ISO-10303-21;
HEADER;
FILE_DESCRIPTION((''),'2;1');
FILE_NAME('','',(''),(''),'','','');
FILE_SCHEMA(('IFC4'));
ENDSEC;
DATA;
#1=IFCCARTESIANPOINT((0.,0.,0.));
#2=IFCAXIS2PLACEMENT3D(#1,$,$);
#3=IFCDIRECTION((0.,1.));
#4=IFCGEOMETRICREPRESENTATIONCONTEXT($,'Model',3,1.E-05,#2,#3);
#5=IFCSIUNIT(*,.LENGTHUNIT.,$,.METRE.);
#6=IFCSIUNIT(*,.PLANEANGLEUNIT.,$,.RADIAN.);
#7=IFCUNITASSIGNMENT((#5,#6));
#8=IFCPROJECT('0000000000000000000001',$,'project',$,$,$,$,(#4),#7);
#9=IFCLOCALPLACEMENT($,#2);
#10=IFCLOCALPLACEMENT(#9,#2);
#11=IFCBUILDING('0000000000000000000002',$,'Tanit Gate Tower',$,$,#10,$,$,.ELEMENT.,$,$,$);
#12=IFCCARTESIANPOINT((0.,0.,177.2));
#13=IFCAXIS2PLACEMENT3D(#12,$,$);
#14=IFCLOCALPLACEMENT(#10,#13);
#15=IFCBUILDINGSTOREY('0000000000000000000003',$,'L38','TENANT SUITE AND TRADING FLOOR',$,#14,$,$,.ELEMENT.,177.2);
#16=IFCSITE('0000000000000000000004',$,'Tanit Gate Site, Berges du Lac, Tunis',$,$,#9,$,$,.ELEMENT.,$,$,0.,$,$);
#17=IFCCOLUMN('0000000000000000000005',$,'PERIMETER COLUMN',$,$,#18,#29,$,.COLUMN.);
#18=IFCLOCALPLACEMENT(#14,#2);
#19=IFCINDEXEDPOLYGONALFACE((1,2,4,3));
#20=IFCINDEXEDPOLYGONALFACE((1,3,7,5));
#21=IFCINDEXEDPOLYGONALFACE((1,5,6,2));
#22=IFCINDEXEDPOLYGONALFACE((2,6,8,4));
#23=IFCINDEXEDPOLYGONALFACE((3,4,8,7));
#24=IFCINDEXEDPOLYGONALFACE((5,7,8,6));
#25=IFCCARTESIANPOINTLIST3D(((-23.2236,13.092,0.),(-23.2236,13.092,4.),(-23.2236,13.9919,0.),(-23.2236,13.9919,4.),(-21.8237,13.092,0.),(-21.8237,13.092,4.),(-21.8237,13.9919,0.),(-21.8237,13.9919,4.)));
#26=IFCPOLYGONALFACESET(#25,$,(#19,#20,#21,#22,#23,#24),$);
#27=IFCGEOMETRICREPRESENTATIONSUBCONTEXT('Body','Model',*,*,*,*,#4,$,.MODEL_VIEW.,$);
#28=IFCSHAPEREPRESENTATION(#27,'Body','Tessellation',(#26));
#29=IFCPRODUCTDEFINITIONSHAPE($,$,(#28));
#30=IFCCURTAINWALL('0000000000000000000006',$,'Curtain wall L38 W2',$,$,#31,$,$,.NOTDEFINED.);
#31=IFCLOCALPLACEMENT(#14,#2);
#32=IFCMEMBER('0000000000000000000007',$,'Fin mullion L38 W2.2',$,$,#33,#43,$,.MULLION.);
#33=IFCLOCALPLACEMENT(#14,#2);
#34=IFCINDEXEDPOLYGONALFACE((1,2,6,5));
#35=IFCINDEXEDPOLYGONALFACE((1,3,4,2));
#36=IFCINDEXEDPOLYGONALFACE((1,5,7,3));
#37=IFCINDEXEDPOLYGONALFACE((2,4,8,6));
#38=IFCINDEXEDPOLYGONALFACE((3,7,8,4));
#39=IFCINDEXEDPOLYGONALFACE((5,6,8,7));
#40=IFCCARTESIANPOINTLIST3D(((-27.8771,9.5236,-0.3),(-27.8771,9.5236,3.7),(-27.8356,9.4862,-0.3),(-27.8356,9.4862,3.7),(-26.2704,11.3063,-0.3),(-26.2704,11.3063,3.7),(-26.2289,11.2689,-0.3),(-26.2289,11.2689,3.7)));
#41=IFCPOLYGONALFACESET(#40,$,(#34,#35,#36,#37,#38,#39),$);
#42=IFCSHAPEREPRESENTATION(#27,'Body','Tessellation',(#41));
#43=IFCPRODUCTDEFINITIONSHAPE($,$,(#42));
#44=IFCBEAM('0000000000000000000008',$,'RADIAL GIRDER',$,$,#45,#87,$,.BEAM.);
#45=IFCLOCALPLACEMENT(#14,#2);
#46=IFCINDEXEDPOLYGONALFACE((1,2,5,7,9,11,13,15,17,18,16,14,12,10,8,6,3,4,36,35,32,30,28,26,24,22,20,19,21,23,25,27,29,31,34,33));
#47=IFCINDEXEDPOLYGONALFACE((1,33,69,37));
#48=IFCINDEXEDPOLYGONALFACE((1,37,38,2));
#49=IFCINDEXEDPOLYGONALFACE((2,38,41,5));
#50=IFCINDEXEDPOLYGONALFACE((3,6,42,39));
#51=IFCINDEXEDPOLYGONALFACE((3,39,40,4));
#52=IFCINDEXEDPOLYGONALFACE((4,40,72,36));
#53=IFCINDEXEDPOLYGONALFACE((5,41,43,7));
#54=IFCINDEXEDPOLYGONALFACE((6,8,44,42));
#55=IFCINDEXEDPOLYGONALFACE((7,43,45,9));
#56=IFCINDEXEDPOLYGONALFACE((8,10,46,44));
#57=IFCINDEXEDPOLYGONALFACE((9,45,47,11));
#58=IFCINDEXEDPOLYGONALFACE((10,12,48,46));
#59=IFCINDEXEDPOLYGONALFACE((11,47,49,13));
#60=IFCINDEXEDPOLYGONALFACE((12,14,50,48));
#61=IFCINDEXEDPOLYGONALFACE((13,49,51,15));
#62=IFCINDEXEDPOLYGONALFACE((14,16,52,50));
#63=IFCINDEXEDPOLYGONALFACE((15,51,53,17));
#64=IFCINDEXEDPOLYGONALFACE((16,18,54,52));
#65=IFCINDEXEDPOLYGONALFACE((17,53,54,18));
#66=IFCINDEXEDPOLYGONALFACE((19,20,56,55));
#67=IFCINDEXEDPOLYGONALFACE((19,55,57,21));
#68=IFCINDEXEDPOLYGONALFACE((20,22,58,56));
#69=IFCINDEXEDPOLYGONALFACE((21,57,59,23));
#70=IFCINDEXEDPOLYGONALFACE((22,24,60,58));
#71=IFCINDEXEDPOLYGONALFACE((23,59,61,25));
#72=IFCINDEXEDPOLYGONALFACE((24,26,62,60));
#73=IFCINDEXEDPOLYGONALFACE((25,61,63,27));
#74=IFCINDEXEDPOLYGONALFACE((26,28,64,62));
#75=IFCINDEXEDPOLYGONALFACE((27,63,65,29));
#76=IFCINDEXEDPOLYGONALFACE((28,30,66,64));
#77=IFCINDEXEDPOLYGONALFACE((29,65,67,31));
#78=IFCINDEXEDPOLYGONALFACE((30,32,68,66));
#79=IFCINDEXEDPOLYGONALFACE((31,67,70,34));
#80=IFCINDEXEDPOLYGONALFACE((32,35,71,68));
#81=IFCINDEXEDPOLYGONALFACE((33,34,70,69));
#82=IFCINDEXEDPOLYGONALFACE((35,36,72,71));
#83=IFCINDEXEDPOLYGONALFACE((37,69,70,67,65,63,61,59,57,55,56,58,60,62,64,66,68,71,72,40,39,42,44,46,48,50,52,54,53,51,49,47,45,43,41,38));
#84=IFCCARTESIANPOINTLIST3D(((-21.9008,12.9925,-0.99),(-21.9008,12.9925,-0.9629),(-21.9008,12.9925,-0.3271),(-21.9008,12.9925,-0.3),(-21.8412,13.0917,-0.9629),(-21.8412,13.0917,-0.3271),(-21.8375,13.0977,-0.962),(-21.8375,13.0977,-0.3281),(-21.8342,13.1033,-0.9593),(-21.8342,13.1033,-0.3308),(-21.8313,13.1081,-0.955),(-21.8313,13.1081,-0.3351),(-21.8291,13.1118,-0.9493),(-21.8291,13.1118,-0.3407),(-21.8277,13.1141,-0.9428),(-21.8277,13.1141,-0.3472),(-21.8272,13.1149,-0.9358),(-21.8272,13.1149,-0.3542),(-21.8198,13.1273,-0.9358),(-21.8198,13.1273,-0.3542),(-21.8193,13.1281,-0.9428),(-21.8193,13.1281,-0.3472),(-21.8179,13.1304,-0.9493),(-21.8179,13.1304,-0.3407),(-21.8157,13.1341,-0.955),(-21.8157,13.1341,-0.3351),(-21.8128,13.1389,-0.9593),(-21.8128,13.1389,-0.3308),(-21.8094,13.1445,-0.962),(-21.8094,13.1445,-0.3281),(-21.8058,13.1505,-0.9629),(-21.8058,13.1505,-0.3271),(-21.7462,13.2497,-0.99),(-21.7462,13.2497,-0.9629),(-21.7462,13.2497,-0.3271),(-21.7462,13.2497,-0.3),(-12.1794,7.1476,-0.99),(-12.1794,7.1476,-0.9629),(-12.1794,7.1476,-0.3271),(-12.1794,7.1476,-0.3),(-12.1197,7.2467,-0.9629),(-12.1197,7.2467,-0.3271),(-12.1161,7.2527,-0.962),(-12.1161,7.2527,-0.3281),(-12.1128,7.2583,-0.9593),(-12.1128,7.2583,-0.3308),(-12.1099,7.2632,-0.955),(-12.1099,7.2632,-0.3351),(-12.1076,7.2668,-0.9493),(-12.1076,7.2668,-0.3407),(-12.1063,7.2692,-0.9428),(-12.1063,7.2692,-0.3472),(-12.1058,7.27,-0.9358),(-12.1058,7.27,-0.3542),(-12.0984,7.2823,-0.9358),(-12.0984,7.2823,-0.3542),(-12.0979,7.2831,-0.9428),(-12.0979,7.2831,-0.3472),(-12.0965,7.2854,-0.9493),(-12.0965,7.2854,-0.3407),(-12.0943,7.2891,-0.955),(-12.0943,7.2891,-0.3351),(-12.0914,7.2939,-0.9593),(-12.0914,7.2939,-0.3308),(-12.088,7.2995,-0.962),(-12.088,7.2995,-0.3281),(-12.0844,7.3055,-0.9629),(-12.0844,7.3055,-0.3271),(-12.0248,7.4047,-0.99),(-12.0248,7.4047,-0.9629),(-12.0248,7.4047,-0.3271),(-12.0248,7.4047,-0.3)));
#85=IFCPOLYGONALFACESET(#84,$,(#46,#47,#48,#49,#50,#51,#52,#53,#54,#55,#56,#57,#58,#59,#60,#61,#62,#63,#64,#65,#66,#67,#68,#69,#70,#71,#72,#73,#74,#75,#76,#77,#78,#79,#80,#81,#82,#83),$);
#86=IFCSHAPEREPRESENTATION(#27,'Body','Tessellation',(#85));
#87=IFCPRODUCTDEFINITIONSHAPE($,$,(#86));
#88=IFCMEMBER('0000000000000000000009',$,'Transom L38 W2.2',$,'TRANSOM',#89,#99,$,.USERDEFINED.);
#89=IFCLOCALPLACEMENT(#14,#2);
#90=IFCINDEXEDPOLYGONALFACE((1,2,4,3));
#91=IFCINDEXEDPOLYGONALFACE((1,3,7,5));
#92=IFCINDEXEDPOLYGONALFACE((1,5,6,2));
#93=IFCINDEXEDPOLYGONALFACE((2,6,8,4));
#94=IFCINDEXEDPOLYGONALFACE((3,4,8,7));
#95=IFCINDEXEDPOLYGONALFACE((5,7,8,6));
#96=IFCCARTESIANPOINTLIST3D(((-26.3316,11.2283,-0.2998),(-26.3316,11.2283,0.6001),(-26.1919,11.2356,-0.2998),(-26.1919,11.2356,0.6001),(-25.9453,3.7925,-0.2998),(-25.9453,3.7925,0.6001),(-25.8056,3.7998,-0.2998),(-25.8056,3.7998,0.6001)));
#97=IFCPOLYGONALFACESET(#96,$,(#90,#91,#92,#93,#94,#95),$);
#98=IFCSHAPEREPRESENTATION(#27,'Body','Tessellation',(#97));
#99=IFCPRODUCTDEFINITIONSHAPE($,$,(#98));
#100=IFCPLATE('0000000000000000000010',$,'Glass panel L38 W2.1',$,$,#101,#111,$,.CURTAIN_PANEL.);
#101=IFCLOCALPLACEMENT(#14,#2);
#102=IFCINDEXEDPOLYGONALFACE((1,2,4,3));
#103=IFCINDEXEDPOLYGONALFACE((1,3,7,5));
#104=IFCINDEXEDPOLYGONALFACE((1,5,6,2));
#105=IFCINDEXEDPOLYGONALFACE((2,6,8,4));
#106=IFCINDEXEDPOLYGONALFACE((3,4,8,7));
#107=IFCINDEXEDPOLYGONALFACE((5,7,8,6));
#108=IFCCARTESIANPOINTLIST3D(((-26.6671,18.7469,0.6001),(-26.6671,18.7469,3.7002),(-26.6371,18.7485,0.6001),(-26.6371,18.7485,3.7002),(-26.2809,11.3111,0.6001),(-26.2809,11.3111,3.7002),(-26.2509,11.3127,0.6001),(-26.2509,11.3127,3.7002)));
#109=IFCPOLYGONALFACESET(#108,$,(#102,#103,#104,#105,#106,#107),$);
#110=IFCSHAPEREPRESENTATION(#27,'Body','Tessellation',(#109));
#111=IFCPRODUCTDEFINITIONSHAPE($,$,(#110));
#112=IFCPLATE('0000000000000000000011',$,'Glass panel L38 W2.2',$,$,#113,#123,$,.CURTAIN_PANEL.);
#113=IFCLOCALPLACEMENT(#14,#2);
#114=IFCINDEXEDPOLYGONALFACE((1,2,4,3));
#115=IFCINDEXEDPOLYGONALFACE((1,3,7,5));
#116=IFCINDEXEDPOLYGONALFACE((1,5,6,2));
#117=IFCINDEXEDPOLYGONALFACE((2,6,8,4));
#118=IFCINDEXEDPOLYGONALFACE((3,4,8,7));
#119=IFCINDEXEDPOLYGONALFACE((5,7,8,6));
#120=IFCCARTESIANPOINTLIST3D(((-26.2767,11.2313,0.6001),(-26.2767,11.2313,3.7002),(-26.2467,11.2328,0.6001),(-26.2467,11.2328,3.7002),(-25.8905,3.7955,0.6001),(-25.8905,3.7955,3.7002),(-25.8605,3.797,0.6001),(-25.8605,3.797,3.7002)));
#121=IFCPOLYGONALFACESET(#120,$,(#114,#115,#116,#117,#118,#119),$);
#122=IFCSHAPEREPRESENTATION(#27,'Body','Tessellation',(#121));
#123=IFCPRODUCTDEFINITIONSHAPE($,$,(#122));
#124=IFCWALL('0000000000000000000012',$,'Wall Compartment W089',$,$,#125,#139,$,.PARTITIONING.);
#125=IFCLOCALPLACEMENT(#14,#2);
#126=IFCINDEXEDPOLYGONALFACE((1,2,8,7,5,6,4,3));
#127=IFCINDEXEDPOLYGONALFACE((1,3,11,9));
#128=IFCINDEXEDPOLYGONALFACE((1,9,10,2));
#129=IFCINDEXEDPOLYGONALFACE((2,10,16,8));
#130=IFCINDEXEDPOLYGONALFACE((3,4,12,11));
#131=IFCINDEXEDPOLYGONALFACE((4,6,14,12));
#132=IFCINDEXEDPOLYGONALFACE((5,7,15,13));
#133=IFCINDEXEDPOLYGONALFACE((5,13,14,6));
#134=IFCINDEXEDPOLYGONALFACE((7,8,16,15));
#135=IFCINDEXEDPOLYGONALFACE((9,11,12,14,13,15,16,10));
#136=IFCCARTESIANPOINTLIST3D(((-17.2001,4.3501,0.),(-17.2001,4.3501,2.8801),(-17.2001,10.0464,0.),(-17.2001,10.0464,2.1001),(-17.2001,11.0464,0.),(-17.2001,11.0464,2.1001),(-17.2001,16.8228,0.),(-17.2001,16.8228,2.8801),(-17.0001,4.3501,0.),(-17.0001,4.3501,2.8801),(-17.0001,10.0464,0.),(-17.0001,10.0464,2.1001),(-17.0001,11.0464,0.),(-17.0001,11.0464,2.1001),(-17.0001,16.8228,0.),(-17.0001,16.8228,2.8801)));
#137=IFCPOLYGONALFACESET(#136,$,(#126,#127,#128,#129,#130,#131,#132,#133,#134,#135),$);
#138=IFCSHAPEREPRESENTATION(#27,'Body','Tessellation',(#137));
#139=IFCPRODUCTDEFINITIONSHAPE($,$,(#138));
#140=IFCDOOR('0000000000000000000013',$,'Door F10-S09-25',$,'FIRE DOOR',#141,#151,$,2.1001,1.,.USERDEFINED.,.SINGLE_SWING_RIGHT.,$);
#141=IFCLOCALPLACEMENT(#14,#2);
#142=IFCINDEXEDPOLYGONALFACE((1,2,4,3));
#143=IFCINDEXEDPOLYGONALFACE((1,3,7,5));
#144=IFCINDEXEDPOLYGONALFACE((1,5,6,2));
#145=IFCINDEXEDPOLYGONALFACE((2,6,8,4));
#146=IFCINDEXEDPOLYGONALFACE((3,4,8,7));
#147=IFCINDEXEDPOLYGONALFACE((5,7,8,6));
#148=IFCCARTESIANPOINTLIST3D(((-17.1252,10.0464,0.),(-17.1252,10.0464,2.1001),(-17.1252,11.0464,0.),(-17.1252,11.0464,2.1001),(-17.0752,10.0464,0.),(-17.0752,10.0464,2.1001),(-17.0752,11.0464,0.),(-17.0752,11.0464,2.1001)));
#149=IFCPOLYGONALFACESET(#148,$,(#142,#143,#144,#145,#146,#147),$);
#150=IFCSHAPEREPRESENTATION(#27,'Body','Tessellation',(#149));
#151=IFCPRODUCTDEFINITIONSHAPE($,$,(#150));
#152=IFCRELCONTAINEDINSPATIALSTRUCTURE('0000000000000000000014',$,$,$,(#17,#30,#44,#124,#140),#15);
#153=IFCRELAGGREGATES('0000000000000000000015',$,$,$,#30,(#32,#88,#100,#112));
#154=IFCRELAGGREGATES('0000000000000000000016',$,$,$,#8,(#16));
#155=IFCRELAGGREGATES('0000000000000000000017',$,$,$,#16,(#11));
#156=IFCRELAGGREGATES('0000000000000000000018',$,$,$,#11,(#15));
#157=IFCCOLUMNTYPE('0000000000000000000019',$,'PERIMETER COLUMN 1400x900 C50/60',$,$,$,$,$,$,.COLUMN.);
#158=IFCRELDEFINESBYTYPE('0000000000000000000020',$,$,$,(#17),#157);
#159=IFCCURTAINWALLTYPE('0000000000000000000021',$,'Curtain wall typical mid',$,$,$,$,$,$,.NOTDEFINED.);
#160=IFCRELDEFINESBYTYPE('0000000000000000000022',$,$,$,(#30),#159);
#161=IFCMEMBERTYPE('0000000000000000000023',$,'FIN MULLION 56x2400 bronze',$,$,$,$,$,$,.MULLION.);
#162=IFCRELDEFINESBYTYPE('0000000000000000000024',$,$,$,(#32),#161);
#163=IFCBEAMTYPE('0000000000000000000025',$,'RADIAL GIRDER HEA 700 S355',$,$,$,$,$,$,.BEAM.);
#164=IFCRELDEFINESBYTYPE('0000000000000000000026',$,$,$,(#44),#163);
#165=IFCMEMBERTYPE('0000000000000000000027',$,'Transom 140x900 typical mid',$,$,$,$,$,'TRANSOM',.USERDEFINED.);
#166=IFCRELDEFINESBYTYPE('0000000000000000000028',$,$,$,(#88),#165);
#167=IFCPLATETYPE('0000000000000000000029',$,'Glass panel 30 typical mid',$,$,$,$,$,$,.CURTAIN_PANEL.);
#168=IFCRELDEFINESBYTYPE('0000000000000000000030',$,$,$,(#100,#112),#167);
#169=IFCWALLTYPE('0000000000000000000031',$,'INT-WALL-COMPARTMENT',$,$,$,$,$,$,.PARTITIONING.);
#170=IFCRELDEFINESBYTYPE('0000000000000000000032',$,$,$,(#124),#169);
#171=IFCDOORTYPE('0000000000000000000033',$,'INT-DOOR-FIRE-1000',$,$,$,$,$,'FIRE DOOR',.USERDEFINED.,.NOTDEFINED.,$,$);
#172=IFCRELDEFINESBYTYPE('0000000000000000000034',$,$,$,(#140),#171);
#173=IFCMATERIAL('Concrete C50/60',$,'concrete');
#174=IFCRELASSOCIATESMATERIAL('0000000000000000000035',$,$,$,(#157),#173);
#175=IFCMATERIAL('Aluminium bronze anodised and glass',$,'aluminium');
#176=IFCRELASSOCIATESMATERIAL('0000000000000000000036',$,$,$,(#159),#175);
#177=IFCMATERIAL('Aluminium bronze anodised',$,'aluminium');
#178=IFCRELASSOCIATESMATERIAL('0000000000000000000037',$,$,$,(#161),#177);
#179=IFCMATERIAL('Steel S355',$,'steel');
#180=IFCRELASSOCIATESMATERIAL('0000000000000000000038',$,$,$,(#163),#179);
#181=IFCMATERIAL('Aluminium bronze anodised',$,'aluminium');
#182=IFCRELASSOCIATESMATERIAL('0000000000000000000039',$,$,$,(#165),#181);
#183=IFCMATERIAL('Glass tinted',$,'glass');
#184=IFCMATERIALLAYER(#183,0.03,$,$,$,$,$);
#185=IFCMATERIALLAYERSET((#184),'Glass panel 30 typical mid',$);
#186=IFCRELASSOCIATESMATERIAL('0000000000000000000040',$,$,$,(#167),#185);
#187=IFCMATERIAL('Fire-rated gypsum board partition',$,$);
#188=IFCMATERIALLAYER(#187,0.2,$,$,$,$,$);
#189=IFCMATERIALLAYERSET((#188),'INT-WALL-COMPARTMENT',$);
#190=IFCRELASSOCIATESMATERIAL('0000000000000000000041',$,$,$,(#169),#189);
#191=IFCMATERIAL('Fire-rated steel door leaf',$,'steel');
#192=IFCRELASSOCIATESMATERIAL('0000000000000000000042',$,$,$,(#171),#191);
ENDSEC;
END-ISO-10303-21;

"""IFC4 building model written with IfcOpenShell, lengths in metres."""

from ifc_helpers import new_model, si_unit, direction, frame, frame_2d, origin, origin_2d, place, context, subcontext, project, spatial, rectangle, i_section, extrude, material, layer, layer_set, material_profile, profile_set, type_object, element, fill, aggregate, save


model = new_model("IFC4")

# Units and contexts
model_context = context("Model", 3, precision=1e-05, world=origin(), true_north=direction((0.0, 1.0)))
body_context = subcontext(model_context, "Body", "Model", "MODEL_VIEW")
ifc_project = project(units=[si_unit("LENGTHUNIT", "METRE"), si_unit("PLANEANGLEUNIT", "RADIAN")], contexts=[model_context])

# Site, building, storey
site_placement = place(None, origin())
site = spatial("IfcSite", under=ifc_project, at=site_placement, Name="Tanit Gate Site, Berges du Lac, Tunis", CompositionType="ELEMENT", RefElevation=0.0)
building_placement = place(site_placement, origin())
building = spatial("IfcBuilding", under=site, at=building_placement, Name="Tanit Gate Tower", CompositionType="ELEMENT")
storey_placement = place(building_placement, frame((0.0, 0.0, 177.2)))
storey = spatial("IfcBuildingStorey", under=building, at=storey_placement, Name="L38", Description="TENANT SUITE AND TRADING FLOOR", CompositionType="ELEMENT", Elevation=177.2)

# Column
ifc_material_1 = material(Name="Concrete C50/60", Category="concrete")
ifc_material_profile_1 = material_profile(ifc_material_1, rectangle(XDim=1.3999, YDim=0.8999, at=origin_2d()), Name="RC 1400x900")
ifc_profile_set_1 = profile_set([ifc_material_profile_1], Name="Concrete C50/60")
column_type = type_object("IfcColumnType", Name="PERIMETER COLUMN 1400x900 C50/60", PredefinedType="COLUMN", material=ifc_profile_set_1)
column_placement = place(storey_placement, frame((-22.5237, 13.542, 0.0), z_axis=(0.0, 0.0, 1.0), x_axis=(-1.0, 0.0, 0.0)))
element("IfcColumn", 1, at=column_placement, inside=storey, type_object=column_type, Name="PERIMETER COLUMN", PredefinedType="COLUMN", context=body_context, shape_type="SweptSolid", body=[
    extrude(rectangle(XDim=1.3999, YDim=0.8999, at=origin_2d()), origin(), (0.0, 0.0, 1.0), 4.0),
])

# Curtain wall, member
ifc_material_2 = material(Name="Aluminium bronze anodised and glass", Category="aluminium")
curtain_wall_type = type_object("IfcCurtainWallType", Name="Curtain wall typical mid", PredefinedType="NOTDEFINED", material=ifc_material_2)
curtain_wall_placement = place(storey_placement, origin())
curtain_wall = element("IfcCurtainWall", 2, at=curtain_wall_placement, inside=storey, type_object=curtain_wall_type, Name="Curtain wall L38 W2", PredefinedType="NOTDEFINED")
ifc_material_3 = material(Name="Aluminium bronze anodised", Category="aluminium")
ifc_material_profile_2 = material_profile(ifc_material_3, rectangle(XDim=2.3999, YDim=0.0559, at=origin_2d()), Name="56x2400 bronze fin mullion")
ifc_profile_set_2 = profile_set([ifc_material_profile_2], Name="Aluminium bronze anodised")
member_type_1 = type_object("IfcMemberType", Name="FIN MULLION 56x2400 bronze", PredefinedType="MULLION", material=ifc_profile_set_2)
member_1_placement = place(storey_placement, frame((-27.053, 10.3962, -0.3), z_axis=(0.0, 0.0, 1.0), x_axis=(0.669481, 0.742829, 0.0)))
member_1 = element("IfcMember", 3, at=member_1_placement, type_object=member_type_1, Name="Fin mullion L38 W2.2", PredefinedType="MULLION", context=body_context, shape_type="SweptSolid", body=[
    extrude(rectangle(XDim=2.3999, YDim=0.0559, at=origin_2d()), origin(), (0.0, 0.0, 1.0), 4.0),
])

# Beam
ifc_material_4 = material(Name="Steel S355", Category="steel")
ifc_material_profile_3 = material_profile(ifc_material_4, i_section(OverallWidth=0.3, OverallDepth=0.6899, WebThickness=0.0144, FlangeThickness=0.0271, FilletRadius=0.0271, at=origin_2d()), Name="HEA 700")
ifc_profile_set_3 = profile_set([ifc_material_profile_3], Name="Steel S355")
beam_type = type_object("IfcBeamType", Name="RADIAL GIRDER HEA 700 S355", PredefinedType="BEAM", material=ifc_profile_set_3)
beam_placement = place(storey_placement, frame((-21.8235, 13.1211, -0.645), z_axis=(0.857022, -0.51528, 0.0), x_axis=(0.51528, 0.857022, 0.0)))
element("IfcBeam", 4, at=beam_placement, inside=storey, type_object=beam_type, Name="RADIAL GIRDER", PredefinedType="BEAM", context=body_context, shape_type="SweptSolid", body=[
    extrude(i_section(OverallWidth=0.3, OverallDepth=0.6899, WebThickness=0.0144, FlangeThickness=0.0271, FilletRadius=0.0271, at=origin_2d()), origin(), (0.0, 0.0, 1.0), 11.3433),
])

# Member
ifc_material_5 = material(Name="Aluminium bronze anodised", Category="aluminium")
ifc_material_profile_4 = material_profile(ifc_material_5, rectangle(XDim=0.1399, YDim=0.8999, at=origin_2d()), Name="140x900 bronze transom")
ifc_profile_set_4 = profile_set([ifc_material_profile_4], Name="Aluminium bronze anodised")
member_type_2 = type_object("IfcMemberType", Name="Transom 140x900 typical mid", ElementType="TRANSOM", PredefinedType="USERDEFINED", material=ifc_profile_set_4)
member_2_placement = place(storey_placement, frame((-26.2617, 11.2319, 0.1501), z_axis=(0.051872, -0.998654, 0.0), x_axis=(0.998654, 0.051872, 0.0)))
member_2 = element("IfcMember", 5, at=member_2_placement, type_object=member_type_2, Name="Transom L38 W2.2", ObjectType="TRANSOM", PredefinedType="USERDEFINED", context=body_context, shape_type="SweptSolid", body=[
    extrude(rectangle(XDim=0.1399, YDim=0.8999, at=origin_2d()), origin(), (0.0, 0.0, 1.0), 7.4458),
])

# Plates
ifc_material_6 = material(Name="Glass tinted", Category="glass")
ifc_layer_1 = layer(ifc_material_6, 0.03)
ifc_layer_set_1 = layer_set([ifc_layer_1], Name="Glass panel 30 typical mid")
plate_type = type_object("IfcPlateType", Name="Glass panel 30 typical mid", PredefinedType="CURTAIN_PANEL", material=ifc_layer_set_1)
plate_1_placement = place(storey_placement, frame((-26.459, 15.0298, 0.6001), z_axis=(0.0, 0.0, 1.0), x_axis=(0.051865, -0.998654, 0.0)))
plate_1 = element("IfcPlate", 6, at=plate_1_placement, type_object=plate_type, Name="Glass panel L38 W2.1", PredefinedType="CURTAIN_PANEL", context=body_context, shape_type="SweptSolid", body=[
    extrude(rectangle(XDim=7.4458, YDim=0.03, at=origin_2d()), origin(), (0.0, 0.0, 1.0), 3.1001),
])
plate_2_placement = place(storey_placement, frame((-26.0686, 7.5142, 0.6001), z_axis=(0.0, 0.0, 1.0), x_axis=(0.051865, -0.998654, 0.0)))
plate_2 = element("IfcPlate", 7, at=plate_2_placement, type_object=plate_type, Name="Glass panel L38 W2.2", PredefinedType="CURTAIN_PANEL", context=body_context, shape_type="SweptSolid", body=[
    extrude(rectangle(XDim=7.4458, YDim=0.03, at=origin_2d()), origin(), (0.0, 0.0, 1.0), 3.1001),
])
aggregate(curtain_wall, [member_1, member_2, plate_1, plate_2])

# Wall, opening, door
ifc_material_7 = material(Name="Fire-rated gypsum board partition")
ifc_layer_2 = layer(ifc_material_7, 0.2)
ifc_layer_set_2 = layer_set([ifc_layer_2], Name="INT-WALL-COMPARTMENT")
wall_type_1 = type_object("IfcWallType", Name="INT-WALL-COMPARTMENT", PredefinedType="PARTITIONING", material=ifc_layer_set_2)
wall_1_placement = place(storey_placement, frame((-17.1001, 16.8228, 0.0), z_axis=(0.0, 0.0, 1.0), x_axis=(0.0, -1.0, 0.0)))
wall_1 = element("IfcWall", 8, at=wall_1_placement, inside=storey, type_object=wall_type_1, Name="Wall Compartment W089", PredefinedType="PARTITIONING", context=body_context, shape_type="SweptSolid", body=[
    extrude(rectangle(XDim=12.4727, YDim=0.2, at=frame_2d((6.2363, 0.0))), origin(), (0.0, 0.0, 1.0), 2.8801),
])
opening_1_placement = place(wall_1_placement, frame((5.7764, 0.0, 0.0)))
opening_1 = element("IfcOpeningElement", 9, at=opening_1_placement, cuts=wall_1, PredefinedType="OPENING", context=body_context, shape_type="SweptSolid", body=[
    extrude(rectangle(XDim=1.0, YDim=2.1001, at=frame_2d((0.5, 1.05))), frame((0.0, 0.1099, 0.0), z_axis=(0.0, -1.0, 0.0), x_axis=(1.0, 0.0, 0.0)), (0.0, 0.0, 1.0), 0.22),
])
ifc_material_8 = material(Name="Fire-rated steel door leaf", Category="steel")
door_type_1 = type_object("IfcDoorType", Name="INT-DOOR-FIRE-1000", ElementType="FIRE DOOR", OperationType="NOTDEFINED", PredefinedType="USERDEFINED", material=ifc_material_8)
door_1_placement = place(opening_1_placement, origin())
door_1 = element("IfcDoor", 10, at=door_1_placement, inside=storey, type_object=door_type_1, Name="Door F10-S09-25", ObjectType="FIRE DOOR", OperationType="SINGLE_SWING_RIGHT", OverallHeight=2.1001, OverallWidth=1.0, PredefinedType="USERDEFINED", context=body_context, shape_type="SweptSolid", body=[
    extrude(rectangle(XDim=1.0, YDim=2.1001, at=frame_2d((0.5, 1.05))), frame((0.0, 0.0249, 0.0), z_axis=(0.0, -1.0, 0.0), x_axis=(1.0, 0.0, 0.0)), (0.0, 0.0, 1.0), 0.05),
])
fill(opening_1, door_1)

save(model, "model.ifc")
